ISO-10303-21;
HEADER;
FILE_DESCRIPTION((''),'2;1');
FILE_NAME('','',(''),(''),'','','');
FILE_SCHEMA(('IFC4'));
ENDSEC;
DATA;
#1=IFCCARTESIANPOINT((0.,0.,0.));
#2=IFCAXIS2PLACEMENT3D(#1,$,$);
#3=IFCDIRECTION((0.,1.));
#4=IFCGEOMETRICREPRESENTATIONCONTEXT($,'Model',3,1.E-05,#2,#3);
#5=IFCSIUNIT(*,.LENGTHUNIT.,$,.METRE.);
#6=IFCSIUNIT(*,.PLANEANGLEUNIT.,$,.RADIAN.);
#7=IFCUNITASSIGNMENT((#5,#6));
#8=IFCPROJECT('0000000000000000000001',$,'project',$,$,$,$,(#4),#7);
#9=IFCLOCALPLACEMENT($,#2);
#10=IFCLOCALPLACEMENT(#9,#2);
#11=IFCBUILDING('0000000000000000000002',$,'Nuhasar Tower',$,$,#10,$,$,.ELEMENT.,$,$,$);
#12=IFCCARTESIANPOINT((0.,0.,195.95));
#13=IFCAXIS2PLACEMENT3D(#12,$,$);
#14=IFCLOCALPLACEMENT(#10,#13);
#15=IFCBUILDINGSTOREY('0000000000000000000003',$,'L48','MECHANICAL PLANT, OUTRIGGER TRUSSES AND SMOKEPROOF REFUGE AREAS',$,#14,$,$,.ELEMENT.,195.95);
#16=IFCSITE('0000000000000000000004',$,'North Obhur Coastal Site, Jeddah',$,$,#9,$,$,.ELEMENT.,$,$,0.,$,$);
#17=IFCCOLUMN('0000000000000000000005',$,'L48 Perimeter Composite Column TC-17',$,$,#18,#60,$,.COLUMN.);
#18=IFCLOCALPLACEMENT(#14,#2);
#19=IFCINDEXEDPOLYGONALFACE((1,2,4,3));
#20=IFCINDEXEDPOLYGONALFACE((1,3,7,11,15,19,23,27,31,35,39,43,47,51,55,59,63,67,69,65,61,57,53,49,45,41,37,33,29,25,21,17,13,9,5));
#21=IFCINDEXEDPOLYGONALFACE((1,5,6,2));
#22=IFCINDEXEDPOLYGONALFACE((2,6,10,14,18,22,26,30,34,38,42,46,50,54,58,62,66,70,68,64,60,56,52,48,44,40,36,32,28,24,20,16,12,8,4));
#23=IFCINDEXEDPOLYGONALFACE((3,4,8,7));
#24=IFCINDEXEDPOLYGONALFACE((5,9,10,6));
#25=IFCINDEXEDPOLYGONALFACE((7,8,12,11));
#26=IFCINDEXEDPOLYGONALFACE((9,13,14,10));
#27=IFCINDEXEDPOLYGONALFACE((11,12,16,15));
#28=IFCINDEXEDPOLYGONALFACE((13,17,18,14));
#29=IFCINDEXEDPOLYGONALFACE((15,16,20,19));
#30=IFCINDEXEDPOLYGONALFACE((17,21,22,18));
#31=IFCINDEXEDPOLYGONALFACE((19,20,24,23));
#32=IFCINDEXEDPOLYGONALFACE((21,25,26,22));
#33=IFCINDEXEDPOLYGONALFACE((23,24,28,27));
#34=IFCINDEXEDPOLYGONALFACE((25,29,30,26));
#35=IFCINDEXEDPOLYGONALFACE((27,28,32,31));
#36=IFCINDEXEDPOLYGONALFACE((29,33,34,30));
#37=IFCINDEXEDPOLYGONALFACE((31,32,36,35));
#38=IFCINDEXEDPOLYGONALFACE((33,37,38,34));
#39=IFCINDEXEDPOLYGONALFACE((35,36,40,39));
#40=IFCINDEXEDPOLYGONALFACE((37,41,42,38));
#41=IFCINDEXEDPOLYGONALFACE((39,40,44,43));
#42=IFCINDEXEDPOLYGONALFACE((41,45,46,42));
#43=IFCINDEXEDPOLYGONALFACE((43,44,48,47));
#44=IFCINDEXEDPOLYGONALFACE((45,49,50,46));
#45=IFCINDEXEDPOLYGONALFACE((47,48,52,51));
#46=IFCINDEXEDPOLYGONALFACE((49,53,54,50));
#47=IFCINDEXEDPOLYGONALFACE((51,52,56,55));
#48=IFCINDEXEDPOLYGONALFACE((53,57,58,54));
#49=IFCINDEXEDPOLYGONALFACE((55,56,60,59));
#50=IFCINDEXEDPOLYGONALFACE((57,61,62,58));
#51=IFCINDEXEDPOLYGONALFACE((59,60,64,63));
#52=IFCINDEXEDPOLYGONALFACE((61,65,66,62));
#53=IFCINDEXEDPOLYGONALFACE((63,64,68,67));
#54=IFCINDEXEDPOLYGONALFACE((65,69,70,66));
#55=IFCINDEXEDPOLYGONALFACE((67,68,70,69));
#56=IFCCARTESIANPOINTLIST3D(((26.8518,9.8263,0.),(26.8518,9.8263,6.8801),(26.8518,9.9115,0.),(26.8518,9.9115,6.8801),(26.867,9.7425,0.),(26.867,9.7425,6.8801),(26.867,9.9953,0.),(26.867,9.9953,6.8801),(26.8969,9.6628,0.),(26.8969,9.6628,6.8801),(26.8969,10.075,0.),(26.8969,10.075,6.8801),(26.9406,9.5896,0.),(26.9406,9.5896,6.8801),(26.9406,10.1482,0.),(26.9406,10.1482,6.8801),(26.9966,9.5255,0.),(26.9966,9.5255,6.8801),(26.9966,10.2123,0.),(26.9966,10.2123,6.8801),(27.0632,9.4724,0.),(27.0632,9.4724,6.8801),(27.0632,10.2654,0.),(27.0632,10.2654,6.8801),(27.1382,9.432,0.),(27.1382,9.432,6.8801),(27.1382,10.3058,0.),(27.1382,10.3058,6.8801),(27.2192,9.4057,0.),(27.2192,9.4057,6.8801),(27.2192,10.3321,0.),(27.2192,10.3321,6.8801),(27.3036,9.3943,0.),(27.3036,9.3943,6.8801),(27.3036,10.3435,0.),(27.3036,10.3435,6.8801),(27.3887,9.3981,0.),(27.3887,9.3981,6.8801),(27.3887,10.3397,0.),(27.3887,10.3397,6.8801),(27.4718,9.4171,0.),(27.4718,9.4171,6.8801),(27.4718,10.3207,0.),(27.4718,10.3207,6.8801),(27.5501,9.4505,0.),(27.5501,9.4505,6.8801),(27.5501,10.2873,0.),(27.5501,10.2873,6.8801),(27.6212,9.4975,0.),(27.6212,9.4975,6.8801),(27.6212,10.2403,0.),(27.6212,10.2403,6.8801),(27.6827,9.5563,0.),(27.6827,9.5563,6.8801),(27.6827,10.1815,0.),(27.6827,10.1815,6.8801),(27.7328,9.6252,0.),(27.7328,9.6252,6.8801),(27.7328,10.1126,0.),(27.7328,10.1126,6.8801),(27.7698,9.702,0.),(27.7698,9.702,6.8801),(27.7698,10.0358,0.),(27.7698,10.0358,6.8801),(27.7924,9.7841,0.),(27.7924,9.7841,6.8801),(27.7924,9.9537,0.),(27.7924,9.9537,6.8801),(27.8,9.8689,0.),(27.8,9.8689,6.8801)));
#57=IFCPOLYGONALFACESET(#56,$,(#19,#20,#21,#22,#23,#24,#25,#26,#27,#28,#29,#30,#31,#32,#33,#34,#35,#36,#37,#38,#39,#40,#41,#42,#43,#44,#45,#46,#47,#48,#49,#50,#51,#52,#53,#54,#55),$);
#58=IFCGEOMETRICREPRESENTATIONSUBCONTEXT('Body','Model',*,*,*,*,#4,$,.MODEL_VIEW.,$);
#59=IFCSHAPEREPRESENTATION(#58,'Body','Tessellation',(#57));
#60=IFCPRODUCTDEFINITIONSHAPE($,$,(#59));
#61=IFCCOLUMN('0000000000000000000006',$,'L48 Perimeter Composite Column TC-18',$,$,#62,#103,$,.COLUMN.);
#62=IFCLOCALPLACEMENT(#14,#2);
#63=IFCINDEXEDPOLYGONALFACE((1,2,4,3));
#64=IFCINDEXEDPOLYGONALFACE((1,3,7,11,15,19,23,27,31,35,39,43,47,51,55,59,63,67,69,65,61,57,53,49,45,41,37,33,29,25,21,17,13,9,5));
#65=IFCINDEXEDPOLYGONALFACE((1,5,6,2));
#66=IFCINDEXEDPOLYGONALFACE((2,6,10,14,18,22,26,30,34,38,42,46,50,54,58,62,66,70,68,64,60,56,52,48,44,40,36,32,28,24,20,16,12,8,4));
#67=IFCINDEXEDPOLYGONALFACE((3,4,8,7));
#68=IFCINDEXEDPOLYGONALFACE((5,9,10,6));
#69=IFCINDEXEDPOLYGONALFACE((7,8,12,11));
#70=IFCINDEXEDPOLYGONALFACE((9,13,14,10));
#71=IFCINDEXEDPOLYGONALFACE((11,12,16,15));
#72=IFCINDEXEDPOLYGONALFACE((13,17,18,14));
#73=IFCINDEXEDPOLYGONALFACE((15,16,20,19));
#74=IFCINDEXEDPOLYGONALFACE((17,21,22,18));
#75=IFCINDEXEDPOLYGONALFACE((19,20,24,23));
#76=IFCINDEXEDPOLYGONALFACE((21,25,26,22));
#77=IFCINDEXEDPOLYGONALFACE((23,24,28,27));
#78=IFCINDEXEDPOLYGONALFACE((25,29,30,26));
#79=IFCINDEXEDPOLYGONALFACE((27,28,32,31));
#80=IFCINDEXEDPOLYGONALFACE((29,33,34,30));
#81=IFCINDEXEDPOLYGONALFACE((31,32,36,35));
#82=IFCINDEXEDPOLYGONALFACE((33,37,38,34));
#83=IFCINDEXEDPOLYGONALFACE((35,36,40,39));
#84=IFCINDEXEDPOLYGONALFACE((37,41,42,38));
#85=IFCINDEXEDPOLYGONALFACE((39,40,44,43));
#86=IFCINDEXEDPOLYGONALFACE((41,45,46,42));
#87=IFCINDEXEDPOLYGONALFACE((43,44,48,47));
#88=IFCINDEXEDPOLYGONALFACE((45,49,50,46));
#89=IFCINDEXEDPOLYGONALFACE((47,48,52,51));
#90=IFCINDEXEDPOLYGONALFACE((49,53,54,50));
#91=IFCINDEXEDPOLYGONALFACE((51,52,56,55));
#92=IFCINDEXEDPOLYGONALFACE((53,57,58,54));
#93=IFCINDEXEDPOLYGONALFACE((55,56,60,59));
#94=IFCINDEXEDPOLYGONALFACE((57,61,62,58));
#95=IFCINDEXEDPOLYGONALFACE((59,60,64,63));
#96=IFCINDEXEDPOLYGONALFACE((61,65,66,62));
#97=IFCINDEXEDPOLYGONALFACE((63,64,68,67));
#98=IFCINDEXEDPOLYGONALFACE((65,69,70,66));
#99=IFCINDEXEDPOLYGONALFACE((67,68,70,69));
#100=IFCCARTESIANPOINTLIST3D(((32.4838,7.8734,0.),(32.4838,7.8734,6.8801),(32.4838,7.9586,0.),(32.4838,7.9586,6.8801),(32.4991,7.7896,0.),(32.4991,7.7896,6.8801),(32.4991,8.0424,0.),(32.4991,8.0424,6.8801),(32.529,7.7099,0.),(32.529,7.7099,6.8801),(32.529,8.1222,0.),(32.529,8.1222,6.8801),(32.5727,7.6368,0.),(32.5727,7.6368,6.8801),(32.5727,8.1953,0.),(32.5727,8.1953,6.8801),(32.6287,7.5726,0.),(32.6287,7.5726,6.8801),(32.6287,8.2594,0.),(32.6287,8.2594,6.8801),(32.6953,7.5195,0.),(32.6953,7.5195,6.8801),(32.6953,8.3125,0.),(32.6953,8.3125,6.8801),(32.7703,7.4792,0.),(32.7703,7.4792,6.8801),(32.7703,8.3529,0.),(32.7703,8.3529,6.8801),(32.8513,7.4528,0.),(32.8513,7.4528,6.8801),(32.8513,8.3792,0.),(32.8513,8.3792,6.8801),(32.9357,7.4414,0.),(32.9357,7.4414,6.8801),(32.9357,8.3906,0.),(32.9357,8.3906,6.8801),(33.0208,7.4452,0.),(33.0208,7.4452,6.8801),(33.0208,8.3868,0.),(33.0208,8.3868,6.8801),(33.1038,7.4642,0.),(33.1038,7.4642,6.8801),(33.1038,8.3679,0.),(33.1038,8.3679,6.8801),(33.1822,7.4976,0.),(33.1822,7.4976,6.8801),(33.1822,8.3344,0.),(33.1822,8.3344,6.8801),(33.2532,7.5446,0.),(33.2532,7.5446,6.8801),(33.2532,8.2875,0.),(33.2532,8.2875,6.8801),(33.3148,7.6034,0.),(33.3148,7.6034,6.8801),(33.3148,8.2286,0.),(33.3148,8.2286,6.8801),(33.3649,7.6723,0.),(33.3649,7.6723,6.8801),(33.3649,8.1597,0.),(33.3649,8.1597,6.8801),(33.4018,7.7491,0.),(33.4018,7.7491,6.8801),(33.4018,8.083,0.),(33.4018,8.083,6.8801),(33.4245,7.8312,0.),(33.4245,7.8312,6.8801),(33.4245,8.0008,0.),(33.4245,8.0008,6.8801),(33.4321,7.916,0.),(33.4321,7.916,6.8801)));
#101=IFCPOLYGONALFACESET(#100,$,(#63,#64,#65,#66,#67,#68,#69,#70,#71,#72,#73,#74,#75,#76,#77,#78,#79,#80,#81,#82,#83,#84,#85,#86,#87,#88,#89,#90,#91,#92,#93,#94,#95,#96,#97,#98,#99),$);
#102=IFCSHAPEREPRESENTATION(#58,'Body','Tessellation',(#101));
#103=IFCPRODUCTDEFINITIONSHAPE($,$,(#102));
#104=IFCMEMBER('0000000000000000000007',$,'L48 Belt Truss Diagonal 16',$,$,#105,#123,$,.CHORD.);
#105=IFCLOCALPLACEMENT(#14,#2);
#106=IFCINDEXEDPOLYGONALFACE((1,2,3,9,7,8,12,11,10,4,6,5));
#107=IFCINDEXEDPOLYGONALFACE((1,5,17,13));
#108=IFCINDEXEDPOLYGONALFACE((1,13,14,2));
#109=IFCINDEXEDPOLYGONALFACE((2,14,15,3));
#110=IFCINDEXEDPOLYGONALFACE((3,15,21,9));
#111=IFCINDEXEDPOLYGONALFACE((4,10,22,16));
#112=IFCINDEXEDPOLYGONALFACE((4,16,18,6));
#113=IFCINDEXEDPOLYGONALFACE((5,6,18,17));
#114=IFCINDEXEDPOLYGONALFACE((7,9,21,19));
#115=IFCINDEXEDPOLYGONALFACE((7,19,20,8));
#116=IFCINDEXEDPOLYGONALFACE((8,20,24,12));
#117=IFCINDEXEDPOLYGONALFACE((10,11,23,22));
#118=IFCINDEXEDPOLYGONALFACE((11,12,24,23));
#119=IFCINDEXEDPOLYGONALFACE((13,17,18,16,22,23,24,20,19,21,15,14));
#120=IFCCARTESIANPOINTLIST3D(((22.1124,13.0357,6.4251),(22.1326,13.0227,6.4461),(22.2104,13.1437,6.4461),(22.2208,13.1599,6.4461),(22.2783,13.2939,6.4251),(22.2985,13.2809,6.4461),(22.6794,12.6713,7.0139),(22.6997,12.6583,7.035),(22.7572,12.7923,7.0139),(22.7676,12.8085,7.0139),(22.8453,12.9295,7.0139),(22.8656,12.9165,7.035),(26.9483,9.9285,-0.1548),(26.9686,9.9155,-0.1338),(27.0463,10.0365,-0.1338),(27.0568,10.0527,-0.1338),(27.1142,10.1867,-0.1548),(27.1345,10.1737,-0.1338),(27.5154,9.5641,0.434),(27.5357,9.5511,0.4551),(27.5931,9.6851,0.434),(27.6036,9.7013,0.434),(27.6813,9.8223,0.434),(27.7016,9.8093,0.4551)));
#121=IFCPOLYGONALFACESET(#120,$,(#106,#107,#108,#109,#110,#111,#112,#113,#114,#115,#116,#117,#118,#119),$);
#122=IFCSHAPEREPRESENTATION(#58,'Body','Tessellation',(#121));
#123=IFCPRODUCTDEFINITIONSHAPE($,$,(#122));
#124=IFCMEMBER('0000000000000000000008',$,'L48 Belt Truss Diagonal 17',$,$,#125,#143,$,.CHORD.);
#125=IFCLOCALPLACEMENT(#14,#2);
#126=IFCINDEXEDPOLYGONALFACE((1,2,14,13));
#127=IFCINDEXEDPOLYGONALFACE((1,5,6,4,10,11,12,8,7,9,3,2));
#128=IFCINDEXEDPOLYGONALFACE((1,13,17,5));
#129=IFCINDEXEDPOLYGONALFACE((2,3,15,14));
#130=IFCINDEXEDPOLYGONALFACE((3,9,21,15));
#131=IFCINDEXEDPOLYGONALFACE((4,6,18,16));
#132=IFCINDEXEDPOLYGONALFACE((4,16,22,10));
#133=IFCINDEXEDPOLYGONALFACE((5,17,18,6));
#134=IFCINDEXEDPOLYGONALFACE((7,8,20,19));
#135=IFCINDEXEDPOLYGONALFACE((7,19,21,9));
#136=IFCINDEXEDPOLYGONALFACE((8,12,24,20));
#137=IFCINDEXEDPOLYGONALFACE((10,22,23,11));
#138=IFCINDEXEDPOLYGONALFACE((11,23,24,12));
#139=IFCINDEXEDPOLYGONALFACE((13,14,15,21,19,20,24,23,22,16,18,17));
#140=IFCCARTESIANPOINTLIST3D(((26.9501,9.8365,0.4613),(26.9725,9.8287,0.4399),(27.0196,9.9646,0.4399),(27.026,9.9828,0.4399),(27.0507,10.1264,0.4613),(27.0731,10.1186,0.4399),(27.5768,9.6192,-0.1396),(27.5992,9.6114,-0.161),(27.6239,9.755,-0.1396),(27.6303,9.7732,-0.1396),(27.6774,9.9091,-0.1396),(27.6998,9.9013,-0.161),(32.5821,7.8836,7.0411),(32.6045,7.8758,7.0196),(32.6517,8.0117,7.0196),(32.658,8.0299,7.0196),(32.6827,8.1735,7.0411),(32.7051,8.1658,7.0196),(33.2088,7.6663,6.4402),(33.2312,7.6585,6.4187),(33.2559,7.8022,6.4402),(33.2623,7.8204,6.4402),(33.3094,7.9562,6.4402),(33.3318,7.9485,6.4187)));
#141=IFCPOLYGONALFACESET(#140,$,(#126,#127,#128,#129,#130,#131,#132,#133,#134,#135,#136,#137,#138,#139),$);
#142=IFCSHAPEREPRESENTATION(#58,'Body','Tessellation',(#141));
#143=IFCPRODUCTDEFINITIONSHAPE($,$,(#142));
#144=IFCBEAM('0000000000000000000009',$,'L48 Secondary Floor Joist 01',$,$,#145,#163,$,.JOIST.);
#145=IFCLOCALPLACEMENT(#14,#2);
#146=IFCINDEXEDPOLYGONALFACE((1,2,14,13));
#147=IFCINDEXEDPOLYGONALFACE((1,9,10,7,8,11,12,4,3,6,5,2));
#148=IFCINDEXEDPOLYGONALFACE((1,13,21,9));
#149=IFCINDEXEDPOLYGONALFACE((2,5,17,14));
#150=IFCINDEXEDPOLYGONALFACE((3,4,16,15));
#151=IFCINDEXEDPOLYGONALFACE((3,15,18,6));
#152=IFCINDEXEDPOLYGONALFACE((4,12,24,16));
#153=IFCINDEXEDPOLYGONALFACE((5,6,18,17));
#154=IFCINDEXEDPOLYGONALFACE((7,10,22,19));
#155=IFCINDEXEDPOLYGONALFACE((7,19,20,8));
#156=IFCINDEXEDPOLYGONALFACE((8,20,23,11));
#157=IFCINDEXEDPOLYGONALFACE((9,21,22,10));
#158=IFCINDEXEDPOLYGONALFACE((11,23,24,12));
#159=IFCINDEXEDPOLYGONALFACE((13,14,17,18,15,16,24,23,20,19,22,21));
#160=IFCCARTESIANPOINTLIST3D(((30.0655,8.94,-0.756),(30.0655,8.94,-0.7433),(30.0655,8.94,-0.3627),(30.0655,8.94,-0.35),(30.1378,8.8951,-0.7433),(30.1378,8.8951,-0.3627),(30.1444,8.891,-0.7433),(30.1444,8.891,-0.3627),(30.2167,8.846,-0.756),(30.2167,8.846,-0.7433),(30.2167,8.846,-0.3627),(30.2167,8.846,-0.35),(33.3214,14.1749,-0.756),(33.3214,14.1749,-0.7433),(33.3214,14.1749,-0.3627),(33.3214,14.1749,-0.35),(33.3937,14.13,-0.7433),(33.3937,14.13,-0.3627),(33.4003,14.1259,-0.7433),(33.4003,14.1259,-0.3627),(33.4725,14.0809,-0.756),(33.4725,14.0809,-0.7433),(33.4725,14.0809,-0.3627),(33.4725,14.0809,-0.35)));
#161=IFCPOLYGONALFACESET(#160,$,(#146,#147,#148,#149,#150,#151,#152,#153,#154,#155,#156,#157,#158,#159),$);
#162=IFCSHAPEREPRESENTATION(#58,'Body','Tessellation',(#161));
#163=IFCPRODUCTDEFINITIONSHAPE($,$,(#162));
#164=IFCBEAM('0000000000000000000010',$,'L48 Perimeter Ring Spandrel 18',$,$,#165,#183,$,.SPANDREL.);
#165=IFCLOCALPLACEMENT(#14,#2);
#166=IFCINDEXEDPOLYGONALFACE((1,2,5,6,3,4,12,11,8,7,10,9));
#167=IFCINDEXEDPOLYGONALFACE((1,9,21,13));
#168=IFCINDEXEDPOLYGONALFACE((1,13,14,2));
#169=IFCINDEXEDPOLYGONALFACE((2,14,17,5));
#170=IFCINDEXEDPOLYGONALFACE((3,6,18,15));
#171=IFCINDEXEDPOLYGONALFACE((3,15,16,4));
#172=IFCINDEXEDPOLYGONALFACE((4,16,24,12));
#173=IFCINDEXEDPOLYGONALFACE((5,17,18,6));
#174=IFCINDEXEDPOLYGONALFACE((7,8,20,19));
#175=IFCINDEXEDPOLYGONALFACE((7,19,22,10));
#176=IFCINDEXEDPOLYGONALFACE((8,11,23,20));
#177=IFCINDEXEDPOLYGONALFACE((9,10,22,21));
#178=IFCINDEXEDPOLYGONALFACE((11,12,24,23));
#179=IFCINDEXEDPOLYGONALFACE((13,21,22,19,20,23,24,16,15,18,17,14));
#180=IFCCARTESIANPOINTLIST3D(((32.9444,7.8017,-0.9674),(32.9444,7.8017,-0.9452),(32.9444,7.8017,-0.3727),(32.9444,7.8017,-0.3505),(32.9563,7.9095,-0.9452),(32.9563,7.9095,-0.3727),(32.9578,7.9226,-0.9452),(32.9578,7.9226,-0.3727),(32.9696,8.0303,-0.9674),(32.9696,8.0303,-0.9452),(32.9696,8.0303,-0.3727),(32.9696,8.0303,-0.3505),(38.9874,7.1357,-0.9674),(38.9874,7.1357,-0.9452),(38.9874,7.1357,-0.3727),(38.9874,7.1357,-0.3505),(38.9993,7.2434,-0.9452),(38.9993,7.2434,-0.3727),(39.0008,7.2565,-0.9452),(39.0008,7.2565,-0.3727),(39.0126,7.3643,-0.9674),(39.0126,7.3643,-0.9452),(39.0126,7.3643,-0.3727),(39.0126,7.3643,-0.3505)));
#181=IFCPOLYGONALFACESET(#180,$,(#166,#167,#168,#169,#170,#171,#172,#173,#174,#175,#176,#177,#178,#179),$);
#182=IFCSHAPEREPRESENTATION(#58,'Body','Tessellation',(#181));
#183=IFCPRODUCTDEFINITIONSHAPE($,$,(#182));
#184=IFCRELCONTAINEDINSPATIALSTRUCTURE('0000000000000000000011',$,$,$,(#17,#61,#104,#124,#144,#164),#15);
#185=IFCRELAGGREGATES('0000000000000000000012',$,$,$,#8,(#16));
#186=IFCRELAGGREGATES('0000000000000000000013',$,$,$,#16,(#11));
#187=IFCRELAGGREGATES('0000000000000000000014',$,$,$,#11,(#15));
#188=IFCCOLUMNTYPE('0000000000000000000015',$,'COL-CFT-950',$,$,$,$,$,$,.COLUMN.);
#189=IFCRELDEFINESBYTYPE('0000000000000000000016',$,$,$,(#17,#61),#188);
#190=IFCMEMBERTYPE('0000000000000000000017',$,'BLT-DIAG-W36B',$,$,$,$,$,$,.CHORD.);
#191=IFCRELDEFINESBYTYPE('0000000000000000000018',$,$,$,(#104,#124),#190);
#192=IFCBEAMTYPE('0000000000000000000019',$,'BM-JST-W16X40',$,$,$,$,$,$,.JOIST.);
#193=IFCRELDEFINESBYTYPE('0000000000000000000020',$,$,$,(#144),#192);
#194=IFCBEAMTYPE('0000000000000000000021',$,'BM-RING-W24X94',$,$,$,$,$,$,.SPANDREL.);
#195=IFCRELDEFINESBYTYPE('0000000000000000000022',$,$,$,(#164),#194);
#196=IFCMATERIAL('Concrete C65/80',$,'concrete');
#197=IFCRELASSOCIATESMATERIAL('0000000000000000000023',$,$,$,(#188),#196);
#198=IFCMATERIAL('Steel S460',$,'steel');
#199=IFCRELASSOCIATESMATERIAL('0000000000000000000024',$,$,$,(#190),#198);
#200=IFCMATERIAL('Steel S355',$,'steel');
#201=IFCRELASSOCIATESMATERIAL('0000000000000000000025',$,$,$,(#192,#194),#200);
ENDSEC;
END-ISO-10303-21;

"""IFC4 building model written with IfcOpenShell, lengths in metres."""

from ifc_helpers import new_model, si_unit, direction, frame, origin, origin_2d, place, context, subcontext, project, spatial, circle, i_section, extrude, material, material_profile, profile_set, type_object, element, save


model = new_model("IFC4")

# Units and contexts
model_context = context("Model", 3, precision=1e-05, world=origin(), true_north=direction((0.0, 1.0)))
body_context = subcontext(model_context, "Body", "Model", "MODEL_VIEW")
ifc_project = project(units=[si_unit("LENGTHUNIT", "METRE"), si_unit("PLANEANGLEUNIT", "RADIAN")], contexts=[model_context])

# Site, building, storey
site_placement = place(None, origin())
site = spatial("IfcSite", under=ifc_project, at=site_placement, Name="North Obhur Coastal Site, Jeddah", CompositionType="ELEMENT", RefElevation=0.0)
building_placement = place(site_placement, origin())
building = spatial("IfcBuilding", under=site, at=building_placement, Name="Nuhasar Tower", CompositionType="ELEMENT")
storey_placement = place(building_placement, frame((0.0, 0.0, 195.95)))
storey = spatial("IfcBuildingStorey", under=building, at=storey_placement, Name="L48", Description="MECHANICAL PLANT, OUTRIGGER TRUSSES AND SMOKEPROOF REFUGE AREAS", CompositionType="ELEMENT", Elevation=195.95)

# Columns
ifc_material_1 = material(Name="Concrete C65/80", Category="concrete")
ifc_material_profile_1 = material_profile(ifc_material_1, circle(Radius=0.4751, at=origin_2d()), Name="CFT950")
ifc_profile_set_1 = profile_set([ifc_material_profile_1], Name="Concrete C65/80")
column_type = type_object("IfcColumnType", Name="COL-CFT-950", PredefinedType="COLUMN", material=ifc_profile_set_1)
for number, where, z_axis, x_axis, name in (
    (1, (27.325, 9.8689, 0.0), (0.0, 0.0, 1.0), (1.0, 0.0, 0.0), "L48 Perimeter Composite Column TC-17"),
    (2, (32.957, 7.916, 0.0), (0.0, 0.0, 1.0), (1.0, 0.0, 0.0), "L48 Perimeter Composite Column TC-18"),
):
    element("IfcColumn", number, at=place(storey_placement, frame(where, z_axis=z_axis, x_axis=x_axis)), inside=storey, type_object=column_type, Name=name, PredefinedType="COLUMN", context=body_context, shape_type="SweptSolid", body=[
        extrude(circle(Radius=0.4751, at=origin_2d()), origin(), (0.0, 0.0, 1.0), 6.8801),
    ])

# Members
ifc_material_2 = material(Name="Steel S460", Category="steel")
ifc_material_profile_2 = material_profile(ifc_material_2, i_section(OverallWidth=0.3069, OverallDepth=0.927, WebThickness=0.0193, FlangeThickness=0.032, at=origin_2d()), Name="W36X194")
ifc_profile_set_2 = profile_set([ifc_material_profile_2], Name="Steel S460")
member_type_1 = type_object("IfcMemberType", Name="BLT-DIAG-W36B", PredefinedType="CHORD", material=ifc_profile_set_2)
member_1_placement = place(storey_placement, frame((27.325, 9.8689, 0.1501), z_axis=(-0.553501, 0.355635, 0.7531), x_axis=(-0.540556, -0.841308, 0.0)))
element("IfcMember", 3, at=member_1_placement, inside=storey, type_object=member_type_1, Name="L48 Belt Truss Diagonal 16", PredefinedType="CHORD", context=body_context, shape_type="SweptSolid", body=[
    extrude(i_section(OverallWidth=0.3069, OverallDepth=0.927, WebThickness=0.0193, FlangeThickness=0.032, at=origin_2d()), origin(), (0.0, 0.0, 1.0), 8.7371),
])
member_2_placement = place(storey_placement, frame((27.325, 9.8689, 0.1501), z_axis=(0.634348, -0.219955, 0.741095), x_axis=(0.327607, 0.944814, 0.0)))
element("IfcMember", 4, at=member_2_placement, inside=storey, type_object=member_type_1, Name="L48 Belt Truss Diagonal 17", PredefinedType="CHORD", context=body_context, shape_type="SweptSolid", body=[
    extrude(i_section(OverallWidth=0.3069, OverallDepth=0.927, WebThickness=0.0193, FlangeThickness=0.032, at=origin_2d()), origin(), (0.0, 0.0, 1.0), 8.8784),
])

# Beams
ifc_material_3 = material(Name="Steel S355", Category="steel")
ifc_material_profile_3 = material_profile(ifc_material_3, i_section(OverallWidth=0.178, OverallDepth=0.406, WebThickness=0.0078, FlangeThickness=0.0127, at=origin_2d()), Name="W16X40")
ifc_profile_set_3 = profile_set([ifc_material_profile_3], Name="Steel S355")
beam_type_1 = type_object("IfcBeamType", Name="BM-JST-W16X40", PredefinedType="JOIST", material=ifc_profile_set_3)
beam_1_placement = place(storey_placement, frame((33.397, 14.1279, -0.553), z_axis=(-0.528139, -0.849158, 0.0), x_axis=(0.849158, -0.528139, 0.0)))
element("IfcBeam", 5, at=beam_1_placement, inside=storey, type_object=beam_type_1, Name="L48 Secondary Floor Joist 01", PredefinedType="JOIST", context=body_context, shape_type="SweptSolid", body=[
    extrude(i_section(OverallWidth=0.178, OverallDepth=0.406, WebThickness=0.0078, FlangeThickness=0.0127, at=origin_2d()), origin(), (0.0, 0.0, 1.0), 6.1648),
])
ifc_material_profile_4 = material_profile(ifc_material_3, i_section(OverallWidth=0.23, OverallDepth=0.6169, WebThickness=0.0132, FlangeThickness=0.0222, at=origin_2d()), Name="W24X94")
ifc_profile_set_4 = profile_set([ifc_material_profile_4], Name="Steel S355")
beam_type_2 = type_object("IfcBeamType", Name="BM-RING-W24X94", PredefinedType="SPANDREL", material=ifc_profile_set_4)
for number, where, z_axis, x_axis, name in (
    (6, (32.957, 7.916, -0.6589), (0.993981, -0.10955, 0.0), (0.10955, 0.993981, 0.0), "L48 Perimeter Ring Spandrel 18"),
):
    element("IfcBeam", number, at=place(storey_placement, frame(where, z_axis=z_axis, x_axis=x_axis)), inside=storey, type_object=beam_type_2, Name=name, PredefinedType="SPANDREL", context=body_context, shape_type="SweptSolid", body=[
        extrude(i_section(OverallWidth=0.23, OverallDepth=0.6169, WebThickness=0.0132, FlangeThickness=0.0222, at=origin_2d()), origin(), (0.0, 0.0, 1.0), 6.0796),
    ])

save(model, "model.ifc")
